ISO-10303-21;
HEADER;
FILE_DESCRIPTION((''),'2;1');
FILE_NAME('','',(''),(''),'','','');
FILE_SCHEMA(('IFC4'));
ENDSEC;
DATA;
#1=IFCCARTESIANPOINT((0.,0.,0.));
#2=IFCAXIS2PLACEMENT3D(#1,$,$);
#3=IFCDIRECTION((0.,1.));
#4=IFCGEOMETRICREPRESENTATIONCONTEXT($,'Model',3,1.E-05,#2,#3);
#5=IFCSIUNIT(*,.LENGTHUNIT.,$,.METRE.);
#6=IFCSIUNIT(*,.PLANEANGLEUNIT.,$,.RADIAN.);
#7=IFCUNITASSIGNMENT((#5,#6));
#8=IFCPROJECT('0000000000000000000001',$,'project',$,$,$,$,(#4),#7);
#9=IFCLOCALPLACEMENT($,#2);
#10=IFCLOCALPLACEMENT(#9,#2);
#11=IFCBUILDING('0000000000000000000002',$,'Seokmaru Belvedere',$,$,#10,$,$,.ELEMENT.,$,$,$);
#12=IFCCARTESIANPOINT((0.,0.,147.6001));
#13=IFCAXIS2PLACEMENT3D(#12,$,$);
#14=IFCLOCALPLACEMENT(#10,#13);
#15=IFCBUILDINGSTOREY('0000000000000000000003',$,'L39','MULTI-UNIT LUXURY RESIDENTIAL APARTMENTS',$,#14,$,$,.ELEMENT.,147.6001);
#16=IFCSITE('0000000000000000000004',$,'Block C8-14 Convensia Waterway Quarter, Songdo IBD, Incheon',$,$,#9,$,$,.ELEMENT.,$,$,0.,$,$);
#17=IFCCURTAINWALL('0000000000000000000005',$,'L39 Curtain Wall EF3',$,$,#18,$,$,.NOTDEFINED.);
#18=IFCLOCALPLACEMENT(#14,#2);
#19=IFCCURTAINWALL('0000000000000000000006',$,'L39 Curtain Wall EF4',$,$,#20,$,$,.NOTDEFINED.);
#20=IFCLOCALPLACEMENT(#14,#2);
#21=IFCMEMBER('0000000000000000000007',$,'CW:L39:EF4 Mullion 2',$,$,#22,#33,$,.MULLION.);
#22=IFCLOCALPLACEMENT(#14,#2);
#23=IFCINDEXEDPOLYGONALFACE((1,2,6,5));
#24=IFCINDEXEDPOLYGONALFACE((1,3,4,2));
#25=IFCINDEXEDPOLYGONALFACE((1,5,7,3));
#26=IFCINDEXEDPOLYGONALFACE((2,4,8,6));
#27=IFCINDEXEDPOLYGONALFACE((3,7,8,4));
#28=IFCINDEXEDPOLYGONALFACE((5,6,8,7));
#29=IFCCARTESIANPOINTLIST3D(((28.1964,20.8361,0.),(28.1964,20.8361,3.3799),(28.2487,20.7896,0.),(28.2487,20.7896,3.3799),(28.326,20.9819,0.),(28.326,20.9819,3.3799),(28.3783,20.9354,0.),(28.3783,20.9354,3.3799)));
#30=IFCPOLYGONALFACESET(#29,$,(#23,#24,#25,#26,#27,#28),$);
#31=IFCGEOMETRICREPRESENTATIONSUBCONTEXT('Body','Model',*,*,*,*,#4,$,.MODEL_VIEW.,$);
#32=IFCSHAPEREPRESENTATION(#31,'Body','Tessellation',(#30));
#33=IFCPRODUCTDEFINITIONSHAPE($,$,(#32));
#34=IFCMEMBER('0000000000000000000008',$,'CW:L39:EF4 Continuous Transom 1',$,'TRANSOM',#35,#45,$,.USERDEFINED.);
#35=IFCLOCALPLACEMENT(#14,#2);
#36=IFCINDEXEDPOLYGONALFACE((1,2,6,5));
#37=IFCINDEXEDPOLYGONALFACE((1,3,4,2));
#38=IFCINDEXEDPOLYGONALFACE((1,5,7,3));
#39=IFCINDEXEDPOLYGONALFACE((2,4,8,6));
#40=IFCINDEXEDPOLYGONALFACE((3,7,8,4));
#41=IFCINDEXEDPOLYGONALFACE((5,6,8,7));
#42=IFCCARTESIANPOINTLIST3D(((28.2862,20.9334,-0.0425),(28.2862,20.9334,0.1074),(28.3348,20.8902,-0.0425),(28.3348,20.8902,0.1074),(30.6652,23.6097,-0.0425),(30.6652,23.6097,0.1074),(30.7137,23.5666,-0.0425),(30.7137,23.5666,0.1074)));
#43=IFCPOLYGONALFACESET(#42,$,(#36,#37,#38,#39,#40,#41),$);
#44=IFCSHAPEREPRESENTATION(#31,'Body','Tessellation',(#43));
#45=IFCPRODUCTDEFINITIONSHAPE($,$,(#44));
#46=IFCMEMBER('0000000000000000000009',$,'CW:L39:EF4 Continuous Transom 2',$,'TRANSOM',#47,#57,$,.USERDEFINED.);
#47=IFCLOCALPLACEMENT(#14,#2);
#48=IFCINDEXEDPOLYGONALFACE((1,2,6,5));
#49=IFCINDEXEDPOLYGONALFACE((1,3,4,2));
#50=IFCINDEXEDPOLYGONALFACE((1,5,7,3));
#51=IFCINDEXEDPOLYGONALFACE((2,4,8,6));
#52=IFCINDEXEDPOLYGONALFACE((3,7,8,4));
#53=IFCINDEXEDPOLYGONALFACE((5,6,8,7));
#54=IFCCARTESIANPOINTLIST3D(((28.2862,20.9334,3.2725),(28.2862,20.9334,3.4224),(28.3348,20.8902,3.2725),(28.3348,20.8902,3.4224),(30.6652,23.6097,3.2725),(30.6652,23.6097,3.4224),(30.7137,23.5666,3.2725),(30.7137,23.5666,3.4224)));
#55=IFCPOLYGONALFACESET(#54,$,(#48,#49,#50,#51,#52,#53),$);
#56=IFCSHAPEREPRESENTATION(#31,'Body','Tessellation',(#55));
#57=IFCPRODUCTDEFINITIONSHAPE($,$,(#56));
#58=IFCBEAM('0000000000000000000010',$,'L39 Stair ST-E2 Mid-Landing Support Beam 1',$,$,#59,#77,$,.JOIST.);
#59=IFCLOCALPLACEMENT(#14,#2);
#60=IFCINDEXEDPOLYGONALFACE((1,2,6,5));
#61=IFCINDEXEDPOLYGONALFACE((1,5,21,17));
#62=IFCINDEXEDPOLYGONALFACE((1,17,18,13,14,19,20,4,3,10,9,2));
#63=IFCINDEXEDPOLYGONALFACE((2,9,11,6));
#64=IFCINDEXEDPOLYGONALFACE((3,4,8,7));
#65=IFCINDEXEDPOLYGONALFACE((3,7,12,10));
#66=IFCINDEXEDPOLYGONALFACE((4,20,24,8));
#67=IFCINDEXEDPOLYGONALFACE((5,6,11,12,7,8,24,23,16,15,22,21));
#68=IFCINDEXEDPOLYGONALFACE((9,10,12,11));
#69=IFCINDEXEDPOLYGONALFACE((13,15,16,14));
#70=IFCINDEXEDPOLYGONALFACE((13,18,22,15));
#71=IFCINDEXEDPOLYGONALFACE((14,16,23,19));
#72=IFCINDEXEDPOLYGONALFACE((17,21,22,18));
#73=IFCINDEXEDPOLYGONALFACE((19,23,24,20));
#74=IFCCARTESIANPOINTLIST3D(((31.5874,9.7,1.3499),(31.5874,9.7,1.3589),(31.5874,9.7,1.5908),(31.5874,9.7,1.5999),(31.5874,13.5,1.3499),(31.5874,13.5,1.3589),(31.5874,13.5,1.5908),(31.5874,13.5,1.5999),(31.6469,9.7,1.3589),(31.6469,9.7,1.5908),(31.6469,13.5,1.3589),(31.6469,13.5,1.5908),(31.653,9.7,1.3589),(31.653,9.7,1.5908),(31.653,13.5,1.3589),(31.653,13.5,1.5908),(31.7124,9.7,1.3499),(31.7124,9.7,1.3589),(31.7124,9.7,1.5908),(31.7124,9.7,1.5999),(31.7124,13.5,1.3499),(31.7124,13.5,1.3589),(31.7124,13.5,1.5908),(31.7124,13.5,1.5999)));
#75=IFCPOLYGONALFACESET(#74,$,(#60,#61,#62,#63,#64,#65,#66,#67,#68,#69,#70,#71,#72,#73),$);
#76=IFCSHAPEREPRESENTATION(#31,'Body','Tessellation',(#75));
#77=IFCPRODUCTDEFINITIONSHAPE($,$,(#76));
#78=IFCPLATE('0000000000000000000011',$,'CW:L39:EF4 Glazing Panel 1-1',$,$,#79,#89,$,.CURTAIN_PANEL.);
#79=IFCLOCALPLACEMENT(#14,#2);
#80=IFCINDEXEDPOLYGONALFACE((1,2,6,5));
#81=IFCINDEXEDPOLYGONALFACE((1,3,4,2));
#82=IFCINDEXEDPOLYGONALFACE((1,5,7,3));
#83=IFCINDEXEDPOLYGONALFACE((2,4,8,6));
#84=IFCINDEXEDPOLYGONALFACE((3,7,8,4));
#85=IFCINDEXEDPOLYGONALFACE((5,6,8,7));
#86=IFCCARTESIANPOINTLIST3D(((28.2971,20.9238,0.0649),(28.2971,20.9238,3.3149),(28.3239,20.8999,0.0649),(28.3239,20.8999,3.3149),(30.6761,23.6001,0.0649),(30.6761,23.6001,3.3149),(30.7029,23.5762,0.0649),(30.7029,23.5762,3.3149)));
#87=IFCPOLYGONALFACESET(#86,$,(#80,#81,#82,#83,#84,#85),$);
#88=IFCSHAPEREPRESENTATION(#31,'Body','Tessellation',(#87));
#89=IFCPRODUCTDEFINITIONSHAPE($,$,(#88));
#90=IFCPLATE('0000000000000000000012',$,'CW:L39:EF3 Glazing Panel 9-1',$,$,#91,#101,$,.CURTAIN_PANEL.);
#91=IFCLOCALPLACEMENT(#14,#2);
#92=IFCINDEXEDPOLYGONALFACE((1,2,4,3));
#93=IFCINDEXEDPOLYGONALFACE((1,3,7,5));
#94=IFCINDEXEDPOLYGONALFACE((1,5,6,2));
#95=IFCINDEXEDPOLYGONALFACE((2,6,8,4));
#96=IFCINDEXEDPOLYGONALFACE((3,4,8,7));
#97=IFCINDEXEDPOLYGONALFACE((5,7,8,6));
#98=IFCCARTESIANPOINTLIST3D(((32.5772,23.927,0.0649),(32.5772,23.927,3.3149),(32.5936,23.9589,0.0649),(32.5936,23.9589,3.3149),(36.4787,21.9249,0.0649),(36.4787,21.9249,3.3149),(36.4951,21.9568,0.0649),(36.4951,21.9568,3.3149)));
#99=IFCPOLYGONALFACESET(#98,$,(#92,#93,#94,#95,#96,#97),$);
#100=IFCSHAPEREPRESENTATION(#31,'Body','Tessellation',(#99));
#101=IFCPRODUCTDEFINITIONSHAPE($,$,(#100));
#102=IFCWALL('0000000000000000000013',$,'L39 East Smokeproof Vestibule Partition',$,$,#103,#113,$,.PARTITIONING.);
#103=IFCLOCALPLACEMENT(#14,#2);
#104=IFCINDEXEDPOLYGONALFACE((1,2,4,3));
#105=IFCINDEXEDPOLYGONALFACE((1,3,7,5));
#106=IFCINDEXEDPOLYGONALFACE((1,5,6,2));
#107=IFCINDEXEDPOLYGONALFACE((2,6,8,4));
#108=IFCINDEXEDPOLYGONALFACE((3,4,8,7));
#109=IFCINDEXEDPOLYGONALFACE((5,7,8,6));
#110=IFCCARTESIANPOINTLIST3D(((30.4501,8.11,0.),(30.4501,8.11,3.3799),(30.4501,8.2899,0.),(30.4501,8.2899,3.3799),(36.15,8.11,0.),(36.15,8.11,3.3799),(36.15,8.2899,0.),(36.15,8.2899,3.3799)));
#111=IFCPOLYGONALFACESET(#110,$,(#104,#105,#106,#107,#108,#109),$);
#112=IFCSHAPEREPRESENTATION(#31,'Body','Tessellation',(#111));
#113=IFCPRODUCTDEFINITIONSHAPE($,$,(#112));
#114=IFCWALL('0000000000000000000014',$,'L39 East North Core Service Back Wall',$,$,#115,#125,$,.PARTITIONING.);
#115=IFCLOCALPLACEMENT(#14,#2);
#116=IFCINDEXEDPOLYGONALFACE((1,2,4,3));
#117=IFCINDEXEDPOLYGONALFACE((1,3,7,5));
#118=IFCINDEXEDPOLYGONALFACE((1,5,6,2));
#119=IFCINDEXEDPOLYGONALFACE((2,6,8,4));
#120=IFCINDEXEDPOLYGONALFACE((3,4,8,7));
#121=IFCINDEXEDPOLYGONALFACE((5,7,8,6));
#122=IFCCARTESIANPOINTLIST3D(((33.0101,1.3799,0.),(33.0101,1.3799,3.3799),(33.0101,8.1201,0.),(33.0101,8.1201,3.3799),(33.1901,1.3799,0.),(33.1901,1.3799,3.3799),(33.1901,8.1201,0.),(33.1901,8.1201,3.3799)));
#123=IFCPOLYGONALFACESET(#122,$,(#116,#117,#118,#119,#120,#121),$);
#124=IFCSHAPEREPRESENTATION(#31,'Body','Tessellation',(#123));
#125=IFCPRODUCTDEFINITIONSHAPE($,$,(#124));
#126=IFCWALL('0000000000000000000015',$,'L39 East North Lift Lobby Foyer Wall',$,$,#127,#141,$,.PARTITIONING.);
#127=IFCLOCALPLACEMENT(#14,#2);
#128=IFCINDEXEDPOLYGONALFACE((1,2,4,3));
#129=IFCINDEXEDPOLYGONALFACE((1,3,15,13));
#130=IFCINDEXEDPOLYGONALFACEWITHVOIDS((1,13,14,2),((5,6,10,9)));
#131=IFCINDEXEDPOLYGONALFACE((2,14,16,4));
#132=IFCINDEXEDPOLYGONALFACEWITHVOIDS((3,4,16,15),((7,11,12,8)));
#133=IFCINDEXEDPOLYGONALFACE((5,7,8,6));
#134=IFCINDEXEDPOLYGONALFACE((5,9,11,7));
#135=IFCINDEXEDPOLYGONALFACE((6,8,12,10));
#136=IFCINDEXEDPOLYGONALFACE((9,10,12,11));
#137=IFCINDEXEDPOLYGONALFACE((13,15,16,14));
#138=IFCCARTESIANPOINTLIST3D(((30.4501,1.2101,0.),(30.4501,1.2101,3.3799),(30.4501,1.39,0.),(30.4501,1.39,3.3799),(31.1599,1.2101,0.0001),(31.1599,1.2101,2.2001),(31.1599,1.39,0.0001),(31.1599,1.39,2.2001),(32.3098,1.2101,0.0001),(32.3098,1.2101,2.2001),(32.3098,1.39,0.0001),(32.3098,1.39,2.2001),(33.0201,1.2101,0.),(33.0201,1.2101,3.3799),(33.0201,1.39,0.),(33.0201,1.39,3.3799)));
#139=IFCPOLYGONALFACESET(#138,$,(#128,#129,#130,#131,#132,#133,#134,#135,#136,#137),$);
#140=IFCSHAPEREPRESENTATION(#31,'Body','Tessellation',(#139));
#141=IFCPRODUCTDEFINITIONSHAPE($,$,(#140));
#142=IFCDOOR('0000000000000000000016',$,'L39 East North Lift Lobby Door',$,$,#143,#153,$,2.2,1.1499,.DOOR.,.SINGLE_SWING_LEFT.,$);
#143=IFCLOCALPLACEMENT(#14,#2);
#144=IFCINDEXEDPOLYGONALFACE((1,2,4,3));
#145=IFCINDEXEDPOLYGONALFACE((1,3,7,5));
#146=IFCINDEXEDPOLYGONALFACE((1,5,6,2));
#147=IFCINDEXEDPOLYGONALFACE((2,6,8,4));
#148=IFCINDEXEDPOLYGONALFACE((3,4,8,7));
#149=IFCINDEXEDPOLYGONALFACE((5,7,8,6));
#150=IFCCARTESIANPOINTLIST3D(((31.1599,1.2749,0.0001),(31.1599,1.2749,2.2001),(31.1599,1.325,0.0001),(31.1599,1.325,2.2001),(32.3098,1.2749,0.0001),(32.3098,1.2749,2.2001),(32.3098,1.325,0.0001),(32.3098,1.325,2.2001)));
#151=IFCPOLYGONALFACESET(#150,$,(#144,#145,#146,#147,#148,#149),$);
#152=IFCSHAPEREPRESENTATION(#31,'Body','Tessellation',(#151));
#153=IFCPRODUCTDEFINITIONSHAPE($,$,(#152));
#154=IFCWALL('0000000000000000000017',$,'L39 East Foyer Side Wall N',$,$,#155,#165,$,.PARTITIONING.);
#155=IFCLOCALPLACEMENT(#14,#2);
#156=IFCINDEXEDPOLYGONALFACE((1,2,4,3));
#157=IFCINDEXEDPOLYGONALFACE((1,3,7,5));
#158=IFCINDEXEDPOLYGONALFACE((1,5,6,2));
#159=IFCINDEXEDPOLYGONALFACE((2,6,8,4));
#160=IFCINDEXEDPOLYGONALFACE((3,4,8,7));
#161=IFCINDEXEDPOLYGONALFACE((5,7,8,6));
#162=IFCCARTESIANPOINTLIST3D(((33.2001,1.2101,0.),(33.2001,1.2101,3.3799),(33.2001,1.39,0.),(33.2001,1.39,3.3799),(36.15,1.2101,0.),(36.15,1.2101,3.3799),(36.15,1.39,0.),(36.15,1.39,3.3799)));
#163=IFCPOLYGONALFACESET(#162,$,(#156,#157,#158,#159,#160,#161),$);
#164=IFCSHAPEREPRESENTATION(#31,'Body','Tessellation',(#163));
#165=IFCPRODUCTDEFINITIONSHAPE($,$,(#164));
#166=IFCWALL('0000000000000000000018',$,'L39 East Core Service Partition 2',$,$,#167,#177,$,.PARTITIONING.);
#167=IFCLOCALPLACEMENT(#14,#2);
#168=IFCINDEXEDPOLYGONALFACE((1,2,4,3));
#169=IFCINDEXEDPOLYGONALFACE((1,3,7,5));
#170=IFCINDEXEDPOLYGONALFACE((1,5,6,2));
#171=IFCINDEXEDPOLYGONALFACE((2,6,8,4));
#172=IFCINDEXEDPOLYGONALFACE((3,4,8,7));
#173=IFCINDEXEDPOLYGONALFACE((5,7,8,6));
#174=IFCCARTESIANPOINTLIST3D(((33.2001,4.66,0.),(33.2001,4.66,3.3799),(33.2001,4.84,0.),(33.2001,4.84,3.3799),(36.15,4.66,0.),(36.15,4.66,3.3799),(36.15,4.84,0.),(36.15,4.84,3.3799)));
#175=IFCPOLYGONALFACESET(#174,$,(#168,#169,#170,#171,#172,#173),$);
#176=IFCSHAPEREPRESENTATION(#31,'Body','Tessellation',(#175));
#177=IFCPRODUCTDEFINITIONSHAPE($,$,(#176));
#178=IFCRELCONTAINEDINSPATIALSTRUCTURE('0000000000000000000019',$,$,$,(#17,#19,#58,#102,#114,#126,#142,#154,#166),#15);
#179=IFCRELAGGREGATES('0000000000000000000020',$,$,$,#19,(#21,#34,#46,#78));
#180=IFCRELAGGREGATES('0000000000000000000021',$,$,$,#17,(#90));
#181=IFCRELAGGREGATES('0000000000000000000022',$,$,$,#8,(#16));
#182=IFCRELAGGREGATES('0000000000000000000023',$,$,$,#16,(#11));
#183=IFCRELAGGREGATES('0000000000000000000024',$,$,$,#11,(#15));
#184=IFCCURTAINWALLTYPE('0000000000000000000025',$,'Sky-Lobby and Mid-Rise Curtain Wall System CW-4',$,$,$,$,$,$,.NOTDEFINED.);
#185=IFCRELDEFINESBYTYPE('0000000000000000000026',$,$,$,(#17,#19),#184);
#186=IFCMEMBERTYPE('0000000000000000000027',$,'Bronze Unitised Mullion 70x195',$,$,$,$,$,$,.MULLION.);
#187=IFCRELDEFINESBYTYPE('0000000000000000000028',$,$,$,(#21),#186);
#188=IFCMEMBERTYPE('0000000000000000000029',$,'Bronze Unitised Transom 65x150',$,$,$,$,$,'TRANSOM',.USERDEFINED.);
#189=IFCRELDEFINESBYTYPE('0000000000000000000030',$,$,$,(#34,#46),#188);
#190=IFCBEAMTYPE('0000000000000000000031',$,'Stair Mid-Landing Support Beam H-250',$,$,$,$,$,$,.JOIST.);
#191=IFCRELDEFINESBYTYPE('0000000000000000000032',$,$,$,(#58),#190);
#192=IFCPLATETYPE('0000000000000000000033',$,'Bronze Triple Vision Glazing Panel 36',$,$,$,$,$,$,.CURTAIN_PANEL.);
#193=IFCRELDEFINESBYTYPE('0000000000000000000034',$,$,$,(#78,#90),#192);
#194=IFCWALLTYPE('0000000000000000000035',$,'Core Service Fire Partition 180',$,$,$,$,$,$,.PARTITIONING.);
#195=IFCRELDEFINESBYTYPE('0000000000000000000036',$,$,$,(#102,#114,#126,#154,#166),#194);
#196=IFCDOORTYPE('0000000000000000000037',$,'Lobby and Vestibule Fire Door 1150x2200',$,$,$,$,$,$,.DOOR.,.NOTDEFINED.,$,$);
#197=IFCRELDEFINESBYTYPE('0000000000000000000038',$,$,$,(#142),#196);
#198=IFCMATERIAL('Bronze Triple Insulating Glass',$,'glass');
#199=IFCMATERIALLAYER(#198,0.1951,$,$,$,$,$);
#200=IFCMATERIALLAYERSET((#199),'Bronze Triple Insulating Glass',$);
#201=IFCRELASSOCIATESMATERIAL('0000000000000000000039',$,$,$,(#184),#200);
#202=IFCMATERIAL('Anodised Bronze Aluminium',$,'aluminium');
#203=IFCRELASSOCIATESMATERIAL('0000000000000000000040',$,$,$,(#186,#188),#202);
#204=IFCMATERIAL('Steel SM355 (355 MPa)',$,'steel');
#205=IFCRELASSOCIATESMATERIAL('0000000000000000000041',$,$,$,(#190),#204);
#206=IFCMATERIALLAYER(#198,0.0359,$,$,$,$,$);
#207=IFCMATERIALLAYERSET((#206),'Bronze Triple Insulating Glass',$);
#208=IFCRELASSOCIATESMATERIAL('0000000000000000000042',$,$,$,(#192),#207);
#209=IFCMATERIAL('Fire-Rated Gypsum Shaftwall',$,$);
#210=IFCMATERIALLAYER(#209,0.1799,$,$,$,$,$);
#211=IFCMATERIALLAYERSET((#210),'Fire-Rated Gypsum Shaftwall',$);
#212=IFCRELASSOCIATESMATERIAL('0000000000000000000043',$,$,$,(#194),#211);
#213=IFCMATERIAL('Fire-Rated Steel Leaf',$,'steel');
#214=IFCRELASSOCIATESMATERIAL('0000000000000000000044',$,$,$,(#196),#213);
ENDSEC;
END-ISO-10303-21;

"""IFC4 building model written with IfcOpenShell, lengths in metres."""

from ifc_helpers import new_model, si_unit, direction, frame, frame_2d, origin, origin_2d, place, context, subcontext, project, spatial, rectangle, i_section, extrude, source, transform, mapped, material, layer, layer_set, material_profile, profile_set, type_object, type_shapes, element, fill, aggregate, save


model = new_model("IFC4")

# Units and contexts
model_context = context("Model", 3, precision=1e-05, world=origin(), true_north=direction((0.0, 1.0)))
body_context = subcontext(model_context, "Body", "Model", "MODEL_VIEW")
ifc_project = project(units=[si_unit("LENGTHUNIT", "METRE"), si_unit("PLANEANGLEUNIT", "RADIAN")], contexts=[model_context])

# Site, building, storey
site_placement = place(None, origin())
site = spatial("IfcSite", under=ifc_project, at=site_placement, Name="Block C8-14 Convensia Waterway Quarter, Songdo IBD, Incheon", CompositionType="ELEMENT", RefElevation=0.0)
building_placement = place(site_placement, origin())
building = spatial("IfcBuilding", under=site, at=building_placement, Name="Seokmaru Belvedere", CompositionType="ELEMENT")
storey_placement = place(building_placement, frame((0.0, 0.0, 147.6001)))
storey = spatial("IfcBuildingStorey", under=building, at=storey_placement, Name="L39", Description="MULTI-UNIT LUXURY RESIDENTIAL APARTMENTS", CompositionType="ELEMENT", Elevation=147.6001)

# Shared definitions
ifc_material_1 = material(Name="Steel SM355 (355 MPa)", Category="steel")

# Curtain wall
ifc_material_2 = material(Name="Bronze Triple Insulating Glass", Category="glass")
ifc_layer_1 = layer(ifc_material_2, 0.1951)
ifc_layer_set_1 = layer_set([ifc_layer_1], Name="Bronze Triple Insulating Glass")
curtain_wall_type = type_object("IfcCurtainWallType", Name="Sky-Lobby and Mid-Rise Curtain Wall System CW-4", PredefinedType="NOTDEFINED", material=ifc_layer_set_1)
curtain_wall_1_placement = place(storey_placement, origin())
curtain_wall_1 = element("IfcCurtainWall", 1, at=curtain_wall_1_placement, inside=storey, type_object=curtain_wall_type, Name="L39 Curtain Wall EF3", PredefinedType="NOTDEFINED")
ifc_material_3 = material(Name="Anodised Bronze Aluminium", Category="aluminium")
ifc_material_profile_1 = material_profile(ifc_material_3, rectangle(XDim=0.0701, YDim=0.1951, at=origin_2d()), Name="CW-M-70x195")
ifc_profile_set_1 = profile_set([ifc_material_profile_1], Name="Anodised Bronze Aluminium")
member_type_1 = type_object("IfcMemberType", Name="Bronze Unitised Mullion 70x195", PredefinedType="MULLION", material=ifc_profile_set_1)
shared_shape_1 = source(origin(), body_context, "Body", "SweptSolid", [
    extrude(rectangle(XDim=0.0701, YDim=0.1951, at=origin_2d()), origin(), (0.0, 0.0, 1.0), 3.3799),
])
type_shapes(member_type_1, [shared_shape_1])

# Curtain wall, members
curtain_wall_2_placement = place(storey_placement, origin())
curtain_wall_2 = element("IfcCurtainWall", 2, at=curtain_wall_2_placement, inside=storey, type_object=curtain_wall_type, Name="L39 Curtain Wall EF4", PredefinedType="NOTDEFINED")
member_1_placement = place(storey_placement, frame((28.2874, 20.8857, 0.0), z_axis=(0.0, 0.0, 1.0), x_axis=(0.74741, -0.664363, 0.0)))
member_1 = element("IfcMember", 3, at=member_1_placement, type_object=member_type_1, Name="CW:L39:EF4 Mullion 2", PredefinedType="MULLION", context=body_context, shape_type="MappedRepresentation", body=[
    mapped(shared_shape_1, transform((0.0, 0.0, 0.0), scale=1.0)),
])
ifc_material_profile_2 = material_profile(ifc_material_3, rectangle(XDim=0.0649, YDim=0.1499, at=origin_2d()), Name="CW-T-65x150")
ifc_profile_set_2 = profile_set([ifc_material_profile_2], Name="Anodised Bronze Aluminium")
member_type_2 = type_object("IfcMemberType", Name="Bronze Unitised Transom 65x150", ElementType="TRANSOM", PredefinedType="USERDEFINED", material=ifc_profile_set_2)
shared_shape_2 = source(origin(), body_context, "Body", "SweptSolid", [
    extrude(rectangle(XDim=0.0649, YDim=0.1499, at=origin_2d()), origin(), (0.0, 0.0, 1.0), 3.5808),
])
type_shapes(member_type_2, [shared_shape_2])
member_2_placement = place(storey_placement, frame((30.6895, 23.5881, 0.0325), z_axis=(-0.664364, -0.747409, 0.0), x_axis=(0.747409, -0.664364, 0.0)))
member_2 = element("IfcMember", 4, at=member_2_placement, type_object=member_type_2, Name="CW:L39:EF4 Continuous Transom 1", ObjectType="TRANSOM", PredefinedType="USERDEFINED", context=body_context, shape_type="MappedRepresentation", body=[
    mapped(shared_shape_2, transform((0.0, 0.0, 0.0), scale=1.0)),
])
member_3_placement = place(storey_placement, frame((30.6895, 23.5881, 3.3474), z_axis=(-0.664364, -0.747409, 0.0), x_axis=(0.747409, -0.664364, 0.0)))
member_3 = element("IfcMember", 5, at=member_3_placement, type_object=member_type_2, Name="CW:L39:EF4 Continuous Transom 2", ObjectType="TRANSOM", PredefinedType="USERDEFINED", context=body_context, shape_type="MappedRepresentation", body=[
    mapped(shared_shape_2, transform((0.0, 0.0, 0.0), scale=1.0)),
])

# Beam
ifc_material_profile_3 = material_profile(ifc_material_1, i_section(OverallWidth=0.125, OverallDepth=0.25, WebThickness=0.0061, FlangeThickness=0.009, at=origin_2d()), Name="H-250x125x6x9")
ifc_profile_set_3 = profile_set([ifc_material_profile_3], Name="Steel SM355 (355 MPa)")
beam_type_1 = type_object("IfcBeamType", Name="Stair Mid-Landing Support Beam H-250", PredefinedType="JOIST", material=ifc_profile_set_3)
shared_shape_3 = source(origin(), body_context, "Body", "SweptSolid", [
    extrude(i_section(OverallWidth=0.125, OverallDepth=0.25, WebThickness=0.0061, FlangeThickness=0.009, at=origin_2d()), origin(), (0.0, 0.0, 1.0), 3.8),
])
type_shapes(beam_type_1, [shared_shape_3])
beam_1_placement = place(storey_placement, frame((31.6499, 9.7, 1.4749), z_axis=(0.0, 1.0, 0.0), x_axis=(-1.0, 0.0, 0.0)))
element("IfcBeam", 6, at=beam_1_placement, inside=storey, type_object=beam_type_1, Name="L39 Stair ST-E2 Mid-Landing Support Beam 1", PredefinedType="JOIST", context=body_context, shape_type="MappedRepresentation", body=[
    mapped(shared_shape_3, transform((0.0, 0.0, 0.0), scale=1.0)),
])

# Plates
ifc_layer_2 = layer(ifc_material_2, 0.0359)
ifc_layer_set_2 = layer_set([ifc_layer_2], Name="Bronze Triple Insulating Glass")
plate_type = type_object("IfcPlateType", Name="Bronze Triple Vision Glazing Panel 36", PredefinedType="CURTAIN_PANEL", material=ifc_layer_set_2)
shared_shape_4 = source(origin(), body_context, "Body", "SweptSolid", [
    extrude(rectangle(XDim=3.5808, YDim=0.0359, at=origin_2d()), origin(), (0.0, 0.0, 1.0), 3.25),
])
plate_1_placement = place(storey_placement, frame((29.5, 22.25, 0.0649), z_axis=(0.0, 0.0, 1.0), x_axis=(-0.664363, -0.74741, 0.0)))
plate_1 = element("IfcPlate", 7, at=plate_1_placement, type_object=plate_type, Name="CW:L39:EF4 Glazing Panel 1-1", PredefinedType="CURTAIN_PANEL", context=body_context, shape_type="MappedRepresentation", body=[
    mapped(shared_shape_4, transform((0.0, 0.0, 0.0), scale=1.0)),
])
aggregate(curtain_wall_2, [member_1, member_2, member_3, plate_1])
shared_shape_5 = source(origin(), body_context, "Body", "SweptSolid", [
    extrude(rectangle(XDim=4.3853, YDim=0.0359, at=origin_2d()), origin(), (0.0, 0.0, 1.0), 3.25),
])
type_shapes(plate_type, [shared_shape_4, shared_shape_5])
plate_2_placement = place(storey_placement, frame((34.5361, 22.9419, 0.0649), z_axis=(0.0, 0.0, 1.0), x_axis=(-0.889695, 0.456555, 0.0)))
plate_2 = element("IfcPlate", 8, at=plate_2_placement, type_object=plate_type, Name="CW:L39:EF3 Glazing Panel 9-1", PredefinedType="CURTAIN_PANEL", context=body_context, shape_type="MappedRepresentation", body=[
    mapped(shared_shape_5, transform((0.0, 0.0, 0.0), scale=1.0)),
])
aggregate(curtain_wall_1, [plate_2])

# Walls
ifc_material_4 = material(Name="Fire-Rated Gypsum Shaftwall")
ifc_layer_3 = layer(ifc_material_4, 0.1799)
ifc_layer_set_3 = layer_set([ifc_layer_3], Name="Fire-Rated Gypsum Shaftwall")
wall_type_1 = type_object("IfcWallType", Name="Core Service Fire Partition 180", PredefinedType="PARTITIONING", material=ifc_layer_set_3)
wall_1_placement = place(storey_placement, frame((30.45, 8.2, 0.0), z_axis=(0.0, 0.0, 1.0), x_axis=(1.0, 0.0, 0.0)))
element("IfcWall", 9, at=wall_1_placement, inside=storey, type_object=wall_type_1, Name="L39 East Smokeproof Vestibule Partition", PredefinedType="PARTITIONING", context=body_context, shape_type="SweptSolid", body=[
    extrude(rectangle(XDim=5.7, YDim=0.1799, at=frame_2d((2.8501, 0.0))), origin(), (0.0, 0.0, 1.0), 3.3799),
])
wall_2_placement = place(storey_placement, frame((33.1001, 1.3799, 0.0), z_axis=(0.0, 0.0, 1.0), x_axis=(0.0, 1.0, 0.0)))
element("IfcWall", 10, at=wall_2_placement, inside=storey, type_object=wall_type_1, Name="L39 East North Core Service Back Wall", PredefinedType="PARTITIONING", context=body_context, shape_type="SweptSolid", body=[
    extrude(rectangle(XDim=6.7402, YDim=0.1799, at=frame_2d((3.3701, 0.0))), origin(), (0.0, 0.0, 1.0), 3.3799),
])

# Wall, opening, door
wall_3_placement = place(storey_placement, frame((30.45, 1.3, 0.0), z_axis=(0.0, 0.0, 1.0), x_axis=(1.0, 0.0, 0.0)))
wall_3 = element("IfcWall", 11, at=wall_3_placement, inside=storey, type_object=wall_type_1, Name="L39 East North Lift Lobby Foyer Wall", PredefinedType="PARTITIONING", context=body_context, shape_type="SweptSolid", body=[
    extrude(rectangle(XDim=2.5701, YDim=0.1799, at=frame_2d((1.2852, 0.0))), origin(), (0.0, 0.0, 1.0), 3.3799),
])
opening_1_placement = place(wall_3_placement, frame((0.71, 0.0, 0.0)))
opening_1 = element("IfcOpeningElement", 12, at=opening_1_placement, cuts=wall_3, PredefinedType="OPENING", context=body_context, shape_type="SweptSolid", body=[
    extrude(rectangle(XDim=1.1499, YDim=2.2, at=frame_2d((0.575, 1.1001))), frame((0.0, 0.1001, 0.0), z_axis=(0.0, -1.0, 0.0), x_axis=(1.0, 0.0, 0.0)), (0.0, 0.0, 1.0), 0.2),
])
ifc_material_5 = material(Name="Fire-Rated Steel Leaf", Category="steel")
door_type_1 = type_object("IfcDoorType", Name="Lobby and Vestibule Fire Door 1150x2200", OperationType="NOTDEFINED", PredefinedType="DOOR", material=ifc_material_5)
shared_shape_6 = source(origin(), body_context, "Body", "SweptSolid", [
    extrude(rectangle(XDim=1.1499, YDim=2.2, at=frame_2d((0.575, 1.1001))), frame((0.0, 0.0249, 0.0), z_axis=(0.0, -1.0, 0.0), x_axis=(1.0, 0.0, 0.0)), (0.0, 0.0, 1.0), 0.05),
])
type_shapes(door_type_1, [shared_shape_6])
door_1_placement = place(opening_1_placement, origin())
door_1 = element("IfcDoor", 13, at=door_1_placement, inside=storey, type_object=door_type_1, Name="L39 East North Lift Lobby Door", OperationType="SINGLE_SWING_LEFT", OverallHeight=2.2, OverallWidth=1.1499, PredefinedType="DOOR", context=body_context, shape_type="MappedRepresentation", body=[
    mapped(shared_shape_6, transform((0.0, 0.0, 0.0), scale=1.0)),
])
fill(opening_1, door_1)

# Walls
for number, where, z_axis, x_axis, name in (
    (14, (33.2, 1.3, 0.0), (0.0, 0.0, 1.0), (1.0, 0.0, 0.0), "L39 East Foyer Side Wall N"),
    (15, (33.2, 4.75, 0.0), (0.0, 0.0, 1.0), (1.0, 0.0, 0.0), "L39 East Core Service Partition 2"),
):
    element("IfcWall", number, at=place(storey_placement, frame(where, z_axis=z_axis, x_axis=x_axis)), inside=storey, type_object=wall_type_1, Name=name, PredefinedType="PARTITIONING", context=body_context, shape_type="SweptSolid", body=[
        extrude(rectangle(XDim=2.95, YDim=0.1799, at=frame_2d((1.4751, 0.0))), origin(), (0.0, 0.0, 1.0), 3.3799),
    ])

save(model, "model.ifc")
